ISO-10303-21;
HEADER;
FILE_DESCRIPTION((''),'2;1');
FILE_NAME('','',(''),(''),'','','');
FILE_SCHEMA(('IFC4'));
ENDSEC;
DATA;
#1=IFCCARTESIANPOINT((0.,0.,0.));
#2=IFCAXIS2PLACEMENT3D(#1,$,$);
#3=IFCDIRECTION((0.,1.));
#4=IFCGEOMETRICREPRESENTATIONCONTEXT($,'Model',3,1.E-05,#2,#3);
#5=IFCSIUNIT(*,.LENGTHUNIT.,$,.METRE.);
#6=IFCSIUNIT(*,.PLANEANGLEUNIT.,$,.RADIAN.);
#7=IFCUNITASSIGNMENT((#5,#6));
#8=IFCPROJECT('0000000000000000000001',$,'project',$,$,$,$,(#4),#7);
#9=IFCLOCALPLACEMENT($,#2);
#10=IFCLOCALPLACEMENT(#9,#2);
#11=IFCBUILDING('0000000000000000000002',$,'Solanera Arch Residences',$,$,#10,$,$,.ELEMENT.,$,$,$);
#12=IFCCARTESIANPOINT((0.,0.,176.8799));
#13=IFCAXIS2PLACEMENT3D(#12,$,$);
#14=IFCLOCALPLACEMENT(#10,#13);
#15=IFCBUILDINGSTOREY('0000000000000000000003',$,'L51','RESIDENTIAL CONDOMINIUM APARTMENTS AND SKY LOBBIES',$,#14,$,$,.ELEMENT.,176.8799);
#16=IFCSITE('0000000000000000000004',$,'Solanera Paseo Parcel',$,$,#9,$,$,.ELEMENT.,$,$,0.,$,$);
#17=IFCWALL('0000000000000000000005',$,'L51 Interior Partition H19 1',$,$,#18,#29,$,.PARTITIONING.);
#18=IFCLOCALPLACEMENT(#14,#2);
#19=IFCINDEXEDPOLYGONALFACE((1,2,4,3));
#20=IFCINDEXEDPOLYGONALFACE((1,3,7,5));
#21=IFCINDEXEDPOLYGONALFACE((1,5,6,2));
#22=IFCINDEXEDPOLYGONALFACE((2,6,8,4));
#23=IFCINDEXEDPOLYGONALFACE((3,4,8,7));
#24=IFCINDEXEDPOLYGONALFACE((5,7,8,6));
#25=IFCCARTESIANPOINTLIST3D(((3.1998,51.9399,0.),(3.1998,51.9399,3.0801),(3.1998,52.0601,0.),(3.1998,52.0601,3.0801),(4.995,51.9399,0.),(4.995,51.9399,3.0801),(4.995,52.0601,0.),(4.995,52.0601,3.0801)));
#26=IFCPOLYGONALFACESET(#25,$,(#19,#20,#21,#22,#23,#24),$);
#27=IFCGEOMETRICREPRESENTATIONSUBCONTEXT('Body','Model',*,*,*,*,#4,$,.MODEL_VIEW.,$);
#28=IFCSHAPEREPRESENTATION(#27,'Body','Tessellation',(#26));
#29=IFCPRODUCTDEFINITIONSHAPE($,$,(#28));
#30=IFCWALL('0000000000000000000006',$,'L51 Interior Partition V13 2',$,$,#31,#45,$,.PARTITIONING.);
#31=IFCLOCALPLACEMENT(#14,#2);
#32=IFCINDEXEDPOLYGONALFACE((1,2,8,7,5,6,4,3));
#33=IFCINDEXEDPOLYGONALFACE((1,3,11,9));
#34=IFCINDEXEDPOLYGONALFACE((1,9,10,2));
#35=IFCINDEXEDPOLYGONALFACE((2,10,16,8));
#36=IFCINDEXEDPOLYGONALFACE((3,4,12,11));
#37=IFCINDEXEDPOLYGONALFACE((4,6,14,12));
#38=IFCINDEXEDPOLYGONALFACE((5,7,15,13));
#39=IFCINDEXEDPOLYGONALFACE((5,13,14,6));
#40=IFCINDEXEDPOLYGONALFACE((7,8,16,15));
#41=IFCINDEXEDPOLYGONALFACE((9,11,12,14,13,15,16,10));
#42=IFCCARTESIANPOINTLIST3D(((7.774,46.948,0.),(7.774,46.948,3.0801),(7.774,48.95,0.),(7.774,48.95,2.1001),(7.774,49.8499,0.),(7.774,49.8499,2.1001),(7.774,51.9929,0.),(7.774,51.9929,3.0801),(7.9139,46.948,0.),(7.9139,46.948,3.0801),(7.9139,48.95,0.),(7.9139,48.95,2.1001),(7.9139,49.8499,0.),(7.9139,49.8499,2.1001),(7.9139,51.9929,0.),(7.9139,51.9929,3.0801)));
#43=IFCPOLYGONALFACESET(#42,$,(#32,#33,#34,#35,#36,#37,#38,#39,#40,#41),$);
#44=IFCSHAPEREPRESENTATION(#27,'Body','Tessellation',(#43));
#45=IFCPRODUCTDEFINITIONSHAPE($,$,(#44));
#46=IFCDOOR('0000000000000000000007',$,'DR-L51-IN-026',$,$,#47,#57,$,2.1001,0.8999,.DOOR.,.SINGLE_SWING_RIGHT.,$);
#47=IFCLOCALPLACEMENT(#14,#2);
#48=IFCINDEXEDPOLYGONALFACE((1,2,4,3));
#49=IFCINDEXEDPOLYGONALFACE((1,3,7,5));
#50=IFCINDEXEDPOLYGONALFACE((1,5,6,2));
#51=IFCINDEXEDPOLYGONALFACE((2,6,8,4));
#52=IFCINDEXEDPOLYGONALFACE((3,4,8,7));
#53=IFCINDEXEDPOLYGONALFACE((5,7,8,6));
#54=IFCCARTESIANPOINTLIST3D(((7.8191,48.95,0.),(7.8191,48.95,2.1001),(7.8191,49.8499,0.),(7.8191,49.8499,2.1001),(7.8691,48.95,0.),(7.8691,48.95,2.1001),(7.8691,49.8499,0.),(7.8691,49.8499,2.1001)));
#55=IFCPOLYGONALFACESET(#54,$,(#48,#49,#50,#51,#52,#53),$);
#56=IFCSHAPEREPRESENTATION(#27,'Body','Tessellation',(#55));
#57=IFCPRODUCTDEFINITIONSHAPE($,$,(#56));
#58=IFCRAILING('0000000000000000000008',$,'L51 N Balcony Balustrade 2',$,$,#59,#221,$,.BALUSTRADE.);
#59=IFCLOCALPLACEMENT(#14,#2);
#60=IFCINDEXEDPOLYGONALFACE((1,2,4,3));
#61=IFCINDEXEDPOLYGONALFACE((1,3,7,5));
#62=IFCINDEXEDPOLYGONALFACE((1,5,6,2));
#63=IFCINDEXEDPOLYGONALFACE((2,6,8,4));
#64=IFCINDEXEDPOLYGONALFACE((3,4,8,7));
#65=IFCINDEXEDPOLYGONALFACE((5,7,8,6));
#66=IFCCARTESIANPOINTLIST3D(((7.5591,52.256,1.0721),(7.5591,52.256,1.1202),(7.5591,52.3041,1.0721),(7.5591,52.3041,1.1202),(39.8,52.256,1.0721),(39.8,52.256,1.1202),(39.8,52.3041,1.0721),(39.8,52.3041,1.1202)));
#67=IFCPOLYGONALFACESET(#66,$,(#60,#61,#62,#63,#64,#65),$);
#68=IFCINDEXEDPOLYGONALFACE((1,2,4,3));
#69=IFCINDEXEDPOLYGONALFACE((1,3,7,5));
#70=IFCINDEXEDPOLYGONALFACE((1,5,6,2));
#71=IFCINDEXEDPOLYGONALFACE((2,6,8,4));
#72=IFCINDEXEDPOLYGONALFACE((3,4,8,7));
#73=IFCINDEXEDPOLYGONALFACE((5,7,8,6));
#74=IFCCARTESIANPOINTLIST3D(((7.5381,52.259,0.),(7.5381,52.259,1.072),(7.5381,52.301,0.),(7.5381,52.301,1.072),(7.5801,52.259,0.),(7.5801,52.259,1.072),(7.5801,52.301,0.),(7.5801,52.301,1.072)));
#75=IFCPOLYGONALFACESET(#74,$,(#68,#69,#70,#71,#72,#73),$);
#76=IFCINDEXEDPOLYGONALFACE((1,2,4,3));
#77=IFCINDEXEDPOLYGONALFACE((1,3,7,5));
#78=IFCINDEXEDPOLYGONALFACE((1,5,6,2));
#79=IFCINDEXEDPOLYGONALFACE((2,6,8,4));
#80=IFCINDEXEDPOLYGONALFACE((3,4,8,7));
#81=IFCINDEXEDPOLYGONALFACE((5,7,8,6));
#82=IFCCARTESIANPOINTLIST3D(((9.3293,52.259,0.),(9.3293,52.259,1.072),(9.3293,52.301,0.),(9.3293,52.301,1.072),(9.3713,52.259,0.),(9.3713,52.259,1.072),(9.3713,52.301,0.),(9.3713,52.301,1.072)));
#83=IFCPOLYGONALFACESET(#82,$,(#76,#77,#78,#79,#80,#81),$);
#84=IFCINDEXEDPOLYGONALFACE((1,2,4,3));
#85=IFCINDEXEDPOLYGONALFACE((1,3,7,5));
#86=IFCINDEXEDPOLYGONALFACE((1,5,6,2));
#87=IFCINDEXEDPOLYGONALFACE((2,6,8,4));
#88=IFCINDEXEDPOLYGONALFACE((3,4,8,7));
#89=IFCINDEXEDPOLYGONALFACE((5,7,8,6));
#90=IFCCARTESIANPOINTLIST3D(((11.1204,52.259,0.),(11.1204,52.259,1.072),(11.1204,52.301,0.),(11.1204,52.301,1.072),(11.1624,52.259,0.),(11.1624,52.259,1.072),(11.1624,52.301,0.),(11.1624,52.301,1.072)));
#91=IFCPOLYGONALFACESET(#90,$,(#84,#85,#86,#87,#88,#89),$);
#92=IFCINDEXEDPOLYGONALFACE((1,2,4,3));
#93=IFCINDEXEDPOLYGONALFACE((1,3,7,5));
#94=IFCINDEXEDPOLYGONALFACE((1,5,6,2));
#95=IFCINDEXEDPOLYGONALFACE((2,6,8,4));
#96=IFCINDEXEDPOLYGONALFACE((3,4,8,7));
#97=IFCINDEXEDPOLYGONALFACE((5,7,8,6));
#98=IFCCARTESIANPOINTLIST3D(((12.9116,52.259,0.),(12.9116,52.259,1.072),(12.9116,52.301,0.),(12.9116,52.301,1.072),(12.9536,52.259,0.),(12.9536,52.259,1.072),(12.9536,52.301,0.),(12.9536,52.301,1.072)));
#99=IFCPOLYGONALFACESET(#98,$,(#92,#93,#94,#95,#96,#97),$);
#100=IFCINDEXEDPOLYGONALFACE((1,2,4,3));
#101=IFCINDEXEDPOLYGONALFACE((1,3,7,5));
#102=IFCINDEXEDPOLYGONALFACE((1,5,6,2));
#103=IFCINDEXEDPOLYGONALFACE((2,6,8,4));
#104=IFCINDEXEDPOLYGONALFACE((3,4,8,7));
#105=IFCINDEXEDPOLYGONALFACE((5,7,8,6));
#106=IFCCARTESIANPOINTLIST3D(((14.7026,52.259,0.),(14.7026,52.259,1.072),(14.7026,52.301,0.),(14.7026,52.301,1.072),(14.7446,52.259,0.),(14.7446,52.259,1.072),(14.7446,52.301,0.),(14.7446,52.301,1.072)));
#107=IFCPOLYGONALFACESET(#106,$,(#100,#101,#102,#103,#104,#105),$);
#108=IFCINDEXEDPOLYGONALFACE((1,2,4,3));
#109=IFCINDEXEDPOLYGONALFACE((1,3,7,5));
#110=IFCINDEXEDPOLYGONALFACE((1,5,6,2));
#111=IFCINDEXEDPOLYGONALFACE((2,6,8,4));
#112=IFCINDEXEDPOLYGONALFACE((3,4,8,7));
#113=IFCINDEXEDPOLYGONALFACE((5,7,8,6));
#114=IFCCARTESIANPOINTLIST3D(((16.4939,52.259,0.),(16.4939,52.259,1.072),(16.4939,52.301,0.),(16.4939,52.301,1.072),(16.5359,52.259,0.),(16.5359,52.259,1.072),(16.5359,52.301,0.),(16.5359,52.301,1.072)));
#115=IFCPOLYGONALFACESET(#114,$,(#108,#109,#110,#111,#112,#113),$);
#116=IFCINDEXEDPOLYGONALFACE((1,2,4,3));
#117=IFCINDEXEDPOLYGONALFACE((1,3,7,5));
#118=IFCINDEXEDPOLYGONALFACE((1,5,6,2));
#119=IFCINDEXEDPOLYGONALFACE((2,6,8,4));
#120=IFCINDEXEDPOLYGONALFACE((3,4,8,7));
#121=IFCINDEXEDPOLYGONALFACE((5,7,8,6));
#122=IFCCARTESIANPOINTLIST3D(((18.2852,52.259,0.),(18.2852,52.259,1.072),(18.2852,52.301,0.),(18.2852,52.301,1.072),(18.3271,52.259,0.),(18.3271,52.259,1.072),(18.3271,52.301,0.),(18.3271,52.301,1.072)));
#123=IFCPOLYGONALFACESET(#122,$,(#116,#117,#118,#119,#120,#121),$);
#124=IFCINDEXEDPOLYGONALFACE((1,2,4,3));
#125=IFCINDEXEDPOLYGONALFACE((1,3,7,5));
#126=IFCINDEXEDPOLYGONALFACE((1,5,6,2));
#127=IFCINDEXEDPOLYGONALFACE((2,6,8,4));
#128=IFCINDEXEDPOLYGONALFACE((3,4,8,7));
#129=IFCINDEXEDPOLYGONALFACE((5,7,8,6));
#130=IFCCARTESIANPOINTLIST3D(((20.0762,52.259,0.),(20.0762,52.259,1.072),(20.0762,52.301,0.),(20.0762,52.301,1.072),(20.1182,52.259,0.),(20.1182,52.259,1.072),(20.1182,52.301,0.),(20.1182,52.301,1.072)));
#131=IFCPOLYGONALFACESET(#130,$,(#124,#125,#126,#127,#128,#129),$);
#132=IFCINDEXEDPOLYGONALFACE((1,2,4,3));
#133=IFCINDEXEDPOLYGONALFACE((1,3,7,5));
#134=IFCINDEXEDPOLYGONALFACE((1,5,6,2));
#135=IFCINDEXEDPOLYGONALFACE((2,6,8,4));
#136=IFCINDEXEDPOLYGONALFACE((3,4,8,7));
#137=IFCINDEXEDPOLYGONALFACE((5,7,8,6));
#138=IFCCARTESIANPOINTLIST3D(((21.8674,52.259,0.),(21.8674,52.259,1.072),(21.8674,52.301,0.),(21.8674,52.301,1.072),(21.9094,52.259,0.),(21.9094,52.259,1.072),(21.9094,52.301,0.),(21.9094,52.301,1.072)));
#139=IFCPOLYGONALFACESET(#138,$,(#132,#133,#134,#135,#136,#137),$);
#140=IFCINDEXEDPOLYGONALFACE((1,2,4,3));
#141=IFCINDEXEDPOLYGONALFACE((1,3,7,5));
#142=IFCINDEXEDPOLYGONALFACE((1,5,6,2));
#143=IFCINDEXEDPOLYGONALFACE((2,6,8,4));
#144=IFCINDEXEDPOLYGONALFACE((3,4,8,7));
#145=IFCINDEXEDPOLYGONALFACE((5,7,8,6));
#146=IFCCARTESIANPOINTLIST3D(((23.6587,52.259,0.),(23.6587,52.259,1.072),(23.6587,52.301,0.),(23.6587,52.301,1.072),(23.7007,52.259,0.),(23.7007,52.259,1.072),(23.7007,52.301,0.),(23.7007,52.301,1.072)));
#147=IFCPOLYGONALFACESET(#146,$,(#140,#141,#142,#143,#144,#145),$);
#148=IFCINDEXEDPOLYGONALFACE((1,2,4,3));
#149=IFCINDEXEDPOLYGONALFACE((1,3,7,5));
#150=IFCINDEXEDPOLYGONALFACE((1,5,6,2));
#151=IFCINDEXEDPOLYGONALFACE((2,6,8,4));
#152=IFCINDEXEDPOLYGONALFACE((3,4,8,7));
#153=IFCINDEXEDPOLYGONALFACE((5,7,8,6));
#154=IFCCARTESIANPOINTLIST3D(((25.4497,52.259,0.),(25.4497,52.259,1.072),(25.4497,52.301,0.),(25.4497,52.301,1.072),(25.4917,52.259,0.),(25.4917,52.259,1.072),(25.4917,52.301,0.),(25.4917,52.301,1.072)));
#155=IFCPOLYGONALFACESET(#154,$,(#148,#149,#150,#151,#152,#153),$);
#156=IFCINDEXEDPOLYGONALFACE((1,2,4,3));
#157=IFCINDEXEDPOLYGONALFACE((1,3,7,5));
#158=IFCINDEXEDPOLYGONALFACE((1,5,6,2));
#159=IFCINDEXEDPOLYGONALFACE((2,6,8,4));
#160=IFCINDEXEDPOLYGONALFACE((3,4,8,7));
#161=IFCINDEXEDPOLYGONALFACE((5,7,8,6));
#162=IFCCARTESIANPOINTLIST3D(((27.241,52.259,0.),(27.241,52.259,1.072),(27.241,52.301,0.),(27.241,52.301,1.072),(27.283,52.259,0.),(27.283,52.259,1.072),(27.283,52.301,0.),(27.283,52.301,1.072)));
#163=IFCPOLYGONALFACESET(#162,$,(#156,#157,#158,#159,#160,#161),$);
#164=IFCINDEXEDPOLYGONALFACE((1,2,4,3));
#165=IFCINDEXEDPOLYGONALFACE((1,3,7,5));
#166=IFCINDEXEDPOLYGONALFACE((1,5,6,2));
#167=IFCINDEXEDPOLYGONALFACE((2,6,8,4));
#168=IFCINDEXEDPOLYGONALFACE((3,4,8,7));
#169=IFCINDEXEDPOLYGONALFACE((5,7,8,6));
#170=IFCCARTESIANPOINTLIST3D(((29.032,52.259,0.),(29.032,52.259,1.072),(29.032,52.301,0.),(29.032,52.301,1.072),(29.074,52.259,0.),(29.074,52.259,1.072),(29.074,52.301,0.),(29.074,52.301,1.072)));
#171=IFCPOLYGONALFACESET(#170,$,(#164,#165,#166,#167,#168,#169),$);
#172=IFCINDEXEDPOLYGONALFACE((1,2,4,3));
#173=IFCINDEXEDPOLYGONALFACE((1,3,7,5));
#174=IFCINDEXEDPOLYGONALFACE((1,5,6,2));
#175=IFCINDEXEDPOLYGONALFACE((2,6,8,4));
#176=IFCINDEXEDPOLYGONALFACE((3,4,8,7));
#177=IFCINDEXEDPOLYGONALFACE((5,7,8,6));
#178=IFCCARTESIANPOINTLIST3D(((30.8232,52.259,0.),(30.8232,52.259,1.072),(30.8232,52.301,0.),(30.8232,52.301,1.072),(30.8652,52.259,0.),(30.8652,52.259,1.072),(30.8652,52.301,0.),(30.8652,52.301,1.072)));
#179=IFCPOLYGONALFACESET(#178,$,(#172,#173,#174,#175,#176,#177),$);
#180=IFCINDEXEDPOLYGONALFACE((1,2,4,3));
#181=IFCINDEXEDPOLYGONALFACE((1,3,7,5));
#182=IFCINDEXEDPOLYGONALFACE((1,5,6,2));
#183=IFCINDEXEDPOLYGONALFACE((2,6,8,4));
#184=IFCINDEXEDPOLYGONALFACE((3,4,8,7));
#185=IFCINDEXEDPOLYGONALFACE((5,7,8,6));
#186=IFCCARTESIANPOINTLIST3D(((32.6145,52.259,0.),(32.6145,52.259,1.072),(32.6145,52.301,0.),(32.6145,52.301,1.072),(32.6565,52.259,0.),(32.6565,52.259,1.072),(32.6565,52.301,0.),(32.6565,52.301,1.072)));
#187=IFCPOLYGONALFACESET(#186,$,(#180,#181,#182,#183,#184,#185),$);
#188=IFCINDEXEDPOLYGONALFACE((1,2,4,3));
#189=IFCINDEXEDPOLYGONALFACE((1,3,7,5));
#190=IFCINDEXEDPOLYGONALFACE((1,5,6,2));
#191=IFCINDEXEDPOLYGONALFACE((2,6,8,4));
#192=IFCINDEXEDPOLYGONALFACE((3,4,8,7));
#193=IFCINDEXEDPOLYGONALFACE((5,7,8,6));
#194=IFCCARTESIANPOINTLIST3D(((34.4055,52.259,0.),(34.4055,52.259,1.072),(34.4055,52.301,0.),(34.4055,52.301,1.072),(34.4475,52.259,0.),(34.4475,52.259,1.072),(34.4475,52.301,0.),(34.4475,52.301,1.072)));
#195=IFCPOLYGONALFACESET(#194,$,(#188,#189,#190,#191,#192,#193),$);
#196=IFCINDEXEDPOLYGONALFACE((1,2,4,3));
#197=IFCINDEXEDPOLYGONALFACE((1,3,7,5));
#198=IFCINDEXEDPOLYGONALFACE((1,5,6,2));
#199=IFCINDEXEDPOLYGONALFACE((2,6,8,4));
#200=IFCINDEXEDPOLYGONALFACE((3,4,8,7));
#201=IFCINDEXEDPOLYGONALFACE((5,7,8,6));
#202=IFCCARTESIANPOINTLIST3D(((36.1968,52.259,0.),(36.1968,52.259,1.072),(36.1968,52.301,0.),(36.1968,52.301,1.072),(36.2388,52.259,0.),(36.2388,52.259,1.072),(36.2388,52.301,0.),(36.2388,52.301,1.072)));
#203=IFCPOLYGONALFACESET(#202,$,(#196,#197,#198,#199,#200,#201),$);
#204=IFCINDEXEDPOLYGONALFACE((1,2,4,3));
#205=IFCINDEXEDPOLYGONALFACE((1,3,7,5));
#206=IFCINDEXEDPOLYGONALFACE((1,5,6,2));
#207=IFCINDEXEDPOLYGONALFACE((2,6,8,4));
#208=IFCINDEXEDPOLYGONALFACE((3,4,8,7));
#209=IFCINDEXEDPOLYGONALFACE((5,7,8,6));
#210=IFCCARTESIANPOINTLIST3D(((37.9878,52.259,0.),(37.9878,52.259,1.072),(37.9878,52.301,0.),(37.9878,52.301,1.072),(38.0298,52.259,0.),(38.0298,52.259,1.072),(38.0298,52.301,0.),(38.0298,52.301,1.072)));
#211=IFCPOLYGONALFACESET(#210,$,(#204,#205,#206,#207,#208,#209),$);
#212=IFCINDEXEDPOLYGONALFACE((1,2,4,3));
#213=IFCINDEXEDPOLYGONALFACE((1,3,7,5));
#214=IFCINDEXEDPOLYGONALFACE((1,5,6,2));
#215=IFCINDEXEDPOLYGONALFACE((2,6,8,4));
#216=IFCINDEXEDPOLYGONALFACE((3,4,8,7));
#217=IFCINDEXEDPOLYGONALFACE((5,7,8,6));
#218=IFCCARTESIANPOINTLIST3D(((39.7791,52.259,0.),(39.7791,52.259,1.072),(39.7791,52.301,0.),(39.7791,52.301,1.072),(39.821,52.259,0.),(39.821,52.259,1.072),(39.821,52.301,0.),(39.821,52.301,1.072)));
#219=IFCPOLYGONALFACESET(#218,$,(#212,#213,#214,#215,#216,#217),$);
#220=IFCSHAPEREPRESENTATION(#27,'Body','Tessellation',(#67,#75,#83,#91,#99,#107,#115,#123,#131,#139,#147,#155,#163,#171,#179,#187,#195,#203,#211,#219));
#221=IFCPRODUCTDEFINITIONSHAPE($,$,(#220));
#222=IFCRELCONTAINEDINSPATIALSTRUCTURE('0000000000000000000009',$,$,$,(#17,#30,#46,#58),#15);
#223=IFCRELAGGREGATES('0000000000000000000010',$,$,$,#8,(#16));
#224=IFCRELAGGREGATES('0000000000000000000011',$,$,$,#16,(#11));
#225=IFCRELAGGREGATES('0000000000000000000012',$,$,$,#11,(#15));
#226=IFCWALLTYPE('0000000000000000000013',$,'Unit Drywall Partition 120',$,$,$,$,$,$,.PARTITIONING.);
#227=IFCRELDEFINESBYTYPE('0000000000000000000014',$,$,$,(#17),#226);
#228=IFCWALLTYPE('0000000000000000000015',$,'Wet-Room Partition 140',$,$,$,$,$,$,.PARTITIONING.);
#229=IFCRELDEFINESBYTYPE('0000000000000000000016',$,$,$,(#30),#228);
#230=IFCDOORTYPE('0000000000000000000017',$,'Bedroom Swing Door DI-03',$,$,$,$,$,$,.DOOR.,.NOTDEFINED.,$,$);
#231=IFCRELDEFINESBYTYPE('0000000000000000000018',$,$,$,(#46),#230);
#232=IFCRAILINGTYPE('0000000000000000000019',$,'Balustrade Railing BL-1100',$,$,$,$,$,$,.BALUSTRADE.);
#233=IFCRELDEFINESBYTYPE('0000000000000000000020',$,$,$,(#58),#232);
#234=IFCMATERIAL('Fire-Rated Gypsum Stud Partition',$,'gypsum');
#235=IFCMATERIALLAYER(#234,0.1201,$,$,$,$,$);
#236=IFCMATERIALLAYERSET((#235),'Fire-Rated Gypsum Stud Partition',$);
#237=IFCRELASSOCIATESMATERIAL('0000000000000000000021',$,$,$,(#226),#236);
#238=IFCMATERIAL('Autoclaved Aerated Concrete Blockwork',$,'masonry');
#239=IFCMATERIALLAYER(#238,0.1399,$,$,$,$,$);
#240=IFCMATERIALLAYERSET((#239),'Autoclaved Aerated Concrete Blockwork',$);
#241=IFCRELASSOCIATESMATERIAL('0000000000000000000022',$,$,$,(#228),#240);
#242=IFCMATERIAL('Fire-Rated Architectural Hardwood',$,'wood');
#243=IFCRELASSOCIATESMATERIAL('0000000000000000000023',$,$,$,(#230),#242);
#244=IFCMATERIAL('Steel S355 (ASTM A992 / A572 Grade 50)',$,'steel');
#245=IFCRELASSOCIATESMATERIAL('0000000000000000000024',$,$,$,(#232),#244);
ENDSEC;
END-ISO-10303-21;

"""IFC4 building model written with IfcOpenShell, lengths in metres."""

from ifc_helpers import new_model, si_unit, direction, frame, frame_2d, origin, origin_2d, place, context, subcontext, project, spatial, rectangle, extrude, material, layer, layer_set, type_object, element, fill, save


model = new_model("IFC4")

# Units and contexts
model_context = context("Model", 3, precision=1e-05, world=origin(), true_north=direction((0.0, 1.0)))
body_context = subcontext(model_context, "Body", "Model", "MODEL_VIEW")
ifc_project = project(units=[si_unit("LENGTHUNIT", "METRE"), si_unit("PLANEANGLEUNIT", "RADIAN")], contexts=[model_context])

# Site, building, storey
site_placement = place(None, origin())
site = spatial("IfcSite", under=ifc_project, at=site_placement, Name="Solanera Paseo Parcel", CompositionType="ELEMENT", RefElevation=0.0)
building_placement = place(site_placement, origin())
building = spatial("IfcBuilding", under=site, at=building_placement, Name="Solanera Arch Residences", CompositionType="ELEMENT")
storey_placement = place(building_placement, frame((0.0, 0.0, 176.8799)))
storey = spatial("IfcBuildingStorey", under=building, at=storey_placement, Name="L51", Description="RESIDENTIAL CONDOMINIUM APARTMENTS AND SKY LOBBIES", CompositionType="ELEMENT", Elevation=176.8799)

# Wall
ifc_material_1 = material(Name="Fire-Rated Gypsum Stud Partition", Category="gypsum")
ifc_layer_1 = layer(ifc_material_1, 0.1201)
ifc_layer_set_1 = layer_set([ifc_layer_1], Name="Fire-Rated Gypsum Stud Partition")
wall_type_1 = type_object("IfcWallType", Name="Unit Drywall Partition 120", PredefinedType="PARTITIONING", material=ifc_layer_set_1)
wall_1_placement = place(storey_placement, frame((3.2, 52.0, 0.0), z_axis=(0.0, 0.0, 1.0), x_axis=(1.0, 0.0, 0.0)))
element("IfcWall", 1, at=wall_1_placement, inside=storey, type_object=wall_type_1, Name="L51 Interior Partition H19 1", PredefinedType="PARTITIONING", context=body_context, shape_type="SweptSolid", body=[
    extrude(rectangle(XDim=1.7952, YDim=0.1201, at=frame_2d((0.8975, 0.0))), origin(), (0.0, 0.0, 1.0), 3.0801),
])

# Wall, opening, door
ifc_material_2 = material(Name="Autoclaved Aerated Concrete Blockwork", Category="masonry")
ifc_layer_2 = layer(ifc_material_2, 0.1399)
ifc_layer_set_2 = layer_set([ifc_layer_2], Name="Autoclaved Aerated Concrete Blockwork")
wall_type_2 = type_object("IfcWallType", Name="Wet-Room Partition 140", PredefinedType="PARTITIONING", material=ifc_layer_set_2)
wall_2_placement = place(storey_placement, frame((7.844, 46.948, 0.0), z_axis=(0.0, 0.0, 1.0), x_axis=(0.0, 1.0, 0.0)))
wall_2 = element("IfcWall", 2, at=wall_2_placement, inside=storey, type_object=wall_type_2, Name="L51 Interior Partition V13 2", PredefinedType="PARTITIONING", context=body_context, shape_type="SweptSolid", body=[
    extrude(rectangle(XDim=5.0449, YDim=0.1399, at=frame_2d((2.5225, 0.0))), origin(), (0.0, 0.0, 1.0), 3.0801),
])
opening_1_placement = place(wall_2_placement, frame((2.002, 0.0, 0.0)))
opening_1 = element("IfcOpeningElement", 3, at=opening_1_placement, cuts=wall_2, PredefinedType="OPENING", context=body_context, shape_type="SweptSolid", body=[
    extrude(rectangle(XDim=0.8999, YDim=2.1001, at=frame_2d((0.45, 1.05))), frame((0.0, 0.0798, 0.0), z_axis=(0.0, -1.0, 0.0), x_axis=(1.0, 0.0, 0.0)), (0.0, 0.0, 1.0), 0.1599),
])
ifc_material_3 = material(Name="Fire-Rated Architectural Hardwood", Category="wood")
door_type_1 = type_object("IfcDoorType", Name="Bedroom Swing Door DI-03", OperationType="NOTDEFINED", PredefinedType="DOOR", material=ifc_material_3)
door_1_placement = place(opening_1_placement, origin())
door_1 = element("IfcDoor", 4, at=door_1_placement, inside=storey, type_object=door_type_1, Name="DR-L51-IN-026", OperationType="SINGLE_SWING_RIGHT", OverallHeight=2.1001, OverallWidth=0.8999, PredefinedType="DOOR", context=body_context, shape_type="SweptSolid", body=[
    extrude(rectangle(XDim=0.8999, YDim=2.1001, at=frame_2d((0.45, 1.05))), frame((0.0, 0.0249, 0.0), z_axis=(0.0, -1.0, 0.0), x_axis=(1.0, 0.0, 0.0)), (0.0, 0.0, 1.0), 0.05),
])
fill(opening_1, door_1)

# Railing
ifc_material_4 = material(Name="Steel S355 (ASTM A992 / A572 Grade 50)", Category="steel")
railing_type = type_object("IfcRailingType", Name="Balustrade Railing BL-1100", PredefinedType="BALUSTRADE", material=ifc_material_4)
railing_1_placement = place(storey_placement, frame((7.5591, 52.28, 0.0)))
element("IfcRailing", 5, at=railing_1_placement, inside=storey, type_object=railing_type, Name="L51 N Balcony Balustrade 2", PredefinedType="BALUSTRADE", context=body_context, shape_type="SweptSolid", body=[
    extrude(rectangle(XDim=0.0481, YDim=0.0481, at=origin_2d()), frame((0.0, 0.0, 1.0962), z_axis=(1.0, 0.0, 0.0), x_axis=(0.0, 1.0, 0.0)), (0.0, 0.0, 1.0), 32.241),
    extrude(rectangle(XDim=0.042, YDim=0.042, at=origin_2d()), origin(), (0.0, 0.0, 1.0), 1.072),
    extrude(rectangle(XDim=0.042, YDim=0.042, at=origin_2d()), frame((1.7913, 0.0, 0.0)), (0.0, 0.0, 1.0), 1.072),
    extrude(rectangle(XDim=0.042, YDim=0.042, at=origin_2d()), frame((3.5823, 0.0, 0.0)), (0.0, 0.0, 1.0), 1.072),
    extrude(rectangle(XDim=0.042, YDim=0.042, at=origin_2d()), frame((5.3735, 0.0, 0.0)), (0.0, 0.0, 1.0), 1.072),
    extrude(rectangle(XDim=0.042, YDim=0.042, at=origin_2d()), frame((7.1646, 0.0, 0.0)), (0.0, 0.0, 1.0), 1.072),
    extrude(rectangle(XDim=0.042, YDim=0.042, at=origin_2d()), frame((8.9558, 0.0, 0.0)), (0.0, 0.0, 1.0), 1.072),
    extrude(rectangle(XDim=0.042, YDim=0.042, at=origin_2d()), frame((10.7471, 0.0, 0.0)), (0.0, 0.0, 1.0), 1.072),
    extrude(rectangle(XDim=0.042, YDim=0.042, at=origin_2d()), frame((12.5381, 0.0, 0.0)), (0.0, 0.0, 1.0), 1.072),
    extrude(rectangle(XDim=0.042, YDim=0.042, at=origin_2d()), frame((14.3293, 0.0, 0.0)), (0.0, 0.0, 1.0), 1.072),
    extrude(rectangle(XDim=0.042, YDim=0.042, at=origin_2d()), frame((16.1206, 0.0, 0.0)), (0.0, 0.0, 1.0), 1.072),
    extrude(rectangle(XDim=0.042, YDim=0.042, at=origin_2d()), frame((17.9116, 0.0, 0.0)), (0.0, 0.0, 1.0), 1.072),
    extrude(rectangle(XDim=0.042, YDim=0.042, at=origin_2d()), frame((19.7029, 0.0, 0.0)), (0.0, 0.0, 1.0), 1.072),
    extrude(rectangle(XDim=0.042, YDim=0.042, at=origin_2d()), frame((21.4939, 0.0, 0.0)), (0.0, 0.0, 1.0), 1.072),
    extrude(rectangle(XDim=0.042, YDim=0.042, at=origin_2d()), frame((23.2852, 0.0, 0.0)), (0.0, 0.0, 1.0), 1.072),
    extrude(rectangle(XDim=0.042, YDim=0.042, at=origin_2d()), frame((25.0764, 0.0, 0.0)), (0.0, 0.0, 1.0), 1.072),
    extrude(rectangle(XDim=0.042, YDim=0.042, at=origin_2d()), frame((26.8674, 0.0, 0.0)), (0.0, 0.0, 1.0), 1.072),
    extrude(rectangle(XDim=0.042, YDim=0.042, at=origin_2d()), frame((28.6587, 0.0, 0.0)), (0.0, 0.0, 1.0), 1.072),
    extrude(rectangle(XDim=0.042, YDim=0.042, at=origin_2d()), frame((30.4497, 0.0, 0.0)), (0.0, 0.0, 1.0), 1.072),
    extrude(rectangle(XDim=0.042, YDim=0.042, at=origin_2d()), frame((32.241, 0.0, 0.0)), (0.0, 0.0, 1.0), 1.072),
])

save(model, "model.ifc")
